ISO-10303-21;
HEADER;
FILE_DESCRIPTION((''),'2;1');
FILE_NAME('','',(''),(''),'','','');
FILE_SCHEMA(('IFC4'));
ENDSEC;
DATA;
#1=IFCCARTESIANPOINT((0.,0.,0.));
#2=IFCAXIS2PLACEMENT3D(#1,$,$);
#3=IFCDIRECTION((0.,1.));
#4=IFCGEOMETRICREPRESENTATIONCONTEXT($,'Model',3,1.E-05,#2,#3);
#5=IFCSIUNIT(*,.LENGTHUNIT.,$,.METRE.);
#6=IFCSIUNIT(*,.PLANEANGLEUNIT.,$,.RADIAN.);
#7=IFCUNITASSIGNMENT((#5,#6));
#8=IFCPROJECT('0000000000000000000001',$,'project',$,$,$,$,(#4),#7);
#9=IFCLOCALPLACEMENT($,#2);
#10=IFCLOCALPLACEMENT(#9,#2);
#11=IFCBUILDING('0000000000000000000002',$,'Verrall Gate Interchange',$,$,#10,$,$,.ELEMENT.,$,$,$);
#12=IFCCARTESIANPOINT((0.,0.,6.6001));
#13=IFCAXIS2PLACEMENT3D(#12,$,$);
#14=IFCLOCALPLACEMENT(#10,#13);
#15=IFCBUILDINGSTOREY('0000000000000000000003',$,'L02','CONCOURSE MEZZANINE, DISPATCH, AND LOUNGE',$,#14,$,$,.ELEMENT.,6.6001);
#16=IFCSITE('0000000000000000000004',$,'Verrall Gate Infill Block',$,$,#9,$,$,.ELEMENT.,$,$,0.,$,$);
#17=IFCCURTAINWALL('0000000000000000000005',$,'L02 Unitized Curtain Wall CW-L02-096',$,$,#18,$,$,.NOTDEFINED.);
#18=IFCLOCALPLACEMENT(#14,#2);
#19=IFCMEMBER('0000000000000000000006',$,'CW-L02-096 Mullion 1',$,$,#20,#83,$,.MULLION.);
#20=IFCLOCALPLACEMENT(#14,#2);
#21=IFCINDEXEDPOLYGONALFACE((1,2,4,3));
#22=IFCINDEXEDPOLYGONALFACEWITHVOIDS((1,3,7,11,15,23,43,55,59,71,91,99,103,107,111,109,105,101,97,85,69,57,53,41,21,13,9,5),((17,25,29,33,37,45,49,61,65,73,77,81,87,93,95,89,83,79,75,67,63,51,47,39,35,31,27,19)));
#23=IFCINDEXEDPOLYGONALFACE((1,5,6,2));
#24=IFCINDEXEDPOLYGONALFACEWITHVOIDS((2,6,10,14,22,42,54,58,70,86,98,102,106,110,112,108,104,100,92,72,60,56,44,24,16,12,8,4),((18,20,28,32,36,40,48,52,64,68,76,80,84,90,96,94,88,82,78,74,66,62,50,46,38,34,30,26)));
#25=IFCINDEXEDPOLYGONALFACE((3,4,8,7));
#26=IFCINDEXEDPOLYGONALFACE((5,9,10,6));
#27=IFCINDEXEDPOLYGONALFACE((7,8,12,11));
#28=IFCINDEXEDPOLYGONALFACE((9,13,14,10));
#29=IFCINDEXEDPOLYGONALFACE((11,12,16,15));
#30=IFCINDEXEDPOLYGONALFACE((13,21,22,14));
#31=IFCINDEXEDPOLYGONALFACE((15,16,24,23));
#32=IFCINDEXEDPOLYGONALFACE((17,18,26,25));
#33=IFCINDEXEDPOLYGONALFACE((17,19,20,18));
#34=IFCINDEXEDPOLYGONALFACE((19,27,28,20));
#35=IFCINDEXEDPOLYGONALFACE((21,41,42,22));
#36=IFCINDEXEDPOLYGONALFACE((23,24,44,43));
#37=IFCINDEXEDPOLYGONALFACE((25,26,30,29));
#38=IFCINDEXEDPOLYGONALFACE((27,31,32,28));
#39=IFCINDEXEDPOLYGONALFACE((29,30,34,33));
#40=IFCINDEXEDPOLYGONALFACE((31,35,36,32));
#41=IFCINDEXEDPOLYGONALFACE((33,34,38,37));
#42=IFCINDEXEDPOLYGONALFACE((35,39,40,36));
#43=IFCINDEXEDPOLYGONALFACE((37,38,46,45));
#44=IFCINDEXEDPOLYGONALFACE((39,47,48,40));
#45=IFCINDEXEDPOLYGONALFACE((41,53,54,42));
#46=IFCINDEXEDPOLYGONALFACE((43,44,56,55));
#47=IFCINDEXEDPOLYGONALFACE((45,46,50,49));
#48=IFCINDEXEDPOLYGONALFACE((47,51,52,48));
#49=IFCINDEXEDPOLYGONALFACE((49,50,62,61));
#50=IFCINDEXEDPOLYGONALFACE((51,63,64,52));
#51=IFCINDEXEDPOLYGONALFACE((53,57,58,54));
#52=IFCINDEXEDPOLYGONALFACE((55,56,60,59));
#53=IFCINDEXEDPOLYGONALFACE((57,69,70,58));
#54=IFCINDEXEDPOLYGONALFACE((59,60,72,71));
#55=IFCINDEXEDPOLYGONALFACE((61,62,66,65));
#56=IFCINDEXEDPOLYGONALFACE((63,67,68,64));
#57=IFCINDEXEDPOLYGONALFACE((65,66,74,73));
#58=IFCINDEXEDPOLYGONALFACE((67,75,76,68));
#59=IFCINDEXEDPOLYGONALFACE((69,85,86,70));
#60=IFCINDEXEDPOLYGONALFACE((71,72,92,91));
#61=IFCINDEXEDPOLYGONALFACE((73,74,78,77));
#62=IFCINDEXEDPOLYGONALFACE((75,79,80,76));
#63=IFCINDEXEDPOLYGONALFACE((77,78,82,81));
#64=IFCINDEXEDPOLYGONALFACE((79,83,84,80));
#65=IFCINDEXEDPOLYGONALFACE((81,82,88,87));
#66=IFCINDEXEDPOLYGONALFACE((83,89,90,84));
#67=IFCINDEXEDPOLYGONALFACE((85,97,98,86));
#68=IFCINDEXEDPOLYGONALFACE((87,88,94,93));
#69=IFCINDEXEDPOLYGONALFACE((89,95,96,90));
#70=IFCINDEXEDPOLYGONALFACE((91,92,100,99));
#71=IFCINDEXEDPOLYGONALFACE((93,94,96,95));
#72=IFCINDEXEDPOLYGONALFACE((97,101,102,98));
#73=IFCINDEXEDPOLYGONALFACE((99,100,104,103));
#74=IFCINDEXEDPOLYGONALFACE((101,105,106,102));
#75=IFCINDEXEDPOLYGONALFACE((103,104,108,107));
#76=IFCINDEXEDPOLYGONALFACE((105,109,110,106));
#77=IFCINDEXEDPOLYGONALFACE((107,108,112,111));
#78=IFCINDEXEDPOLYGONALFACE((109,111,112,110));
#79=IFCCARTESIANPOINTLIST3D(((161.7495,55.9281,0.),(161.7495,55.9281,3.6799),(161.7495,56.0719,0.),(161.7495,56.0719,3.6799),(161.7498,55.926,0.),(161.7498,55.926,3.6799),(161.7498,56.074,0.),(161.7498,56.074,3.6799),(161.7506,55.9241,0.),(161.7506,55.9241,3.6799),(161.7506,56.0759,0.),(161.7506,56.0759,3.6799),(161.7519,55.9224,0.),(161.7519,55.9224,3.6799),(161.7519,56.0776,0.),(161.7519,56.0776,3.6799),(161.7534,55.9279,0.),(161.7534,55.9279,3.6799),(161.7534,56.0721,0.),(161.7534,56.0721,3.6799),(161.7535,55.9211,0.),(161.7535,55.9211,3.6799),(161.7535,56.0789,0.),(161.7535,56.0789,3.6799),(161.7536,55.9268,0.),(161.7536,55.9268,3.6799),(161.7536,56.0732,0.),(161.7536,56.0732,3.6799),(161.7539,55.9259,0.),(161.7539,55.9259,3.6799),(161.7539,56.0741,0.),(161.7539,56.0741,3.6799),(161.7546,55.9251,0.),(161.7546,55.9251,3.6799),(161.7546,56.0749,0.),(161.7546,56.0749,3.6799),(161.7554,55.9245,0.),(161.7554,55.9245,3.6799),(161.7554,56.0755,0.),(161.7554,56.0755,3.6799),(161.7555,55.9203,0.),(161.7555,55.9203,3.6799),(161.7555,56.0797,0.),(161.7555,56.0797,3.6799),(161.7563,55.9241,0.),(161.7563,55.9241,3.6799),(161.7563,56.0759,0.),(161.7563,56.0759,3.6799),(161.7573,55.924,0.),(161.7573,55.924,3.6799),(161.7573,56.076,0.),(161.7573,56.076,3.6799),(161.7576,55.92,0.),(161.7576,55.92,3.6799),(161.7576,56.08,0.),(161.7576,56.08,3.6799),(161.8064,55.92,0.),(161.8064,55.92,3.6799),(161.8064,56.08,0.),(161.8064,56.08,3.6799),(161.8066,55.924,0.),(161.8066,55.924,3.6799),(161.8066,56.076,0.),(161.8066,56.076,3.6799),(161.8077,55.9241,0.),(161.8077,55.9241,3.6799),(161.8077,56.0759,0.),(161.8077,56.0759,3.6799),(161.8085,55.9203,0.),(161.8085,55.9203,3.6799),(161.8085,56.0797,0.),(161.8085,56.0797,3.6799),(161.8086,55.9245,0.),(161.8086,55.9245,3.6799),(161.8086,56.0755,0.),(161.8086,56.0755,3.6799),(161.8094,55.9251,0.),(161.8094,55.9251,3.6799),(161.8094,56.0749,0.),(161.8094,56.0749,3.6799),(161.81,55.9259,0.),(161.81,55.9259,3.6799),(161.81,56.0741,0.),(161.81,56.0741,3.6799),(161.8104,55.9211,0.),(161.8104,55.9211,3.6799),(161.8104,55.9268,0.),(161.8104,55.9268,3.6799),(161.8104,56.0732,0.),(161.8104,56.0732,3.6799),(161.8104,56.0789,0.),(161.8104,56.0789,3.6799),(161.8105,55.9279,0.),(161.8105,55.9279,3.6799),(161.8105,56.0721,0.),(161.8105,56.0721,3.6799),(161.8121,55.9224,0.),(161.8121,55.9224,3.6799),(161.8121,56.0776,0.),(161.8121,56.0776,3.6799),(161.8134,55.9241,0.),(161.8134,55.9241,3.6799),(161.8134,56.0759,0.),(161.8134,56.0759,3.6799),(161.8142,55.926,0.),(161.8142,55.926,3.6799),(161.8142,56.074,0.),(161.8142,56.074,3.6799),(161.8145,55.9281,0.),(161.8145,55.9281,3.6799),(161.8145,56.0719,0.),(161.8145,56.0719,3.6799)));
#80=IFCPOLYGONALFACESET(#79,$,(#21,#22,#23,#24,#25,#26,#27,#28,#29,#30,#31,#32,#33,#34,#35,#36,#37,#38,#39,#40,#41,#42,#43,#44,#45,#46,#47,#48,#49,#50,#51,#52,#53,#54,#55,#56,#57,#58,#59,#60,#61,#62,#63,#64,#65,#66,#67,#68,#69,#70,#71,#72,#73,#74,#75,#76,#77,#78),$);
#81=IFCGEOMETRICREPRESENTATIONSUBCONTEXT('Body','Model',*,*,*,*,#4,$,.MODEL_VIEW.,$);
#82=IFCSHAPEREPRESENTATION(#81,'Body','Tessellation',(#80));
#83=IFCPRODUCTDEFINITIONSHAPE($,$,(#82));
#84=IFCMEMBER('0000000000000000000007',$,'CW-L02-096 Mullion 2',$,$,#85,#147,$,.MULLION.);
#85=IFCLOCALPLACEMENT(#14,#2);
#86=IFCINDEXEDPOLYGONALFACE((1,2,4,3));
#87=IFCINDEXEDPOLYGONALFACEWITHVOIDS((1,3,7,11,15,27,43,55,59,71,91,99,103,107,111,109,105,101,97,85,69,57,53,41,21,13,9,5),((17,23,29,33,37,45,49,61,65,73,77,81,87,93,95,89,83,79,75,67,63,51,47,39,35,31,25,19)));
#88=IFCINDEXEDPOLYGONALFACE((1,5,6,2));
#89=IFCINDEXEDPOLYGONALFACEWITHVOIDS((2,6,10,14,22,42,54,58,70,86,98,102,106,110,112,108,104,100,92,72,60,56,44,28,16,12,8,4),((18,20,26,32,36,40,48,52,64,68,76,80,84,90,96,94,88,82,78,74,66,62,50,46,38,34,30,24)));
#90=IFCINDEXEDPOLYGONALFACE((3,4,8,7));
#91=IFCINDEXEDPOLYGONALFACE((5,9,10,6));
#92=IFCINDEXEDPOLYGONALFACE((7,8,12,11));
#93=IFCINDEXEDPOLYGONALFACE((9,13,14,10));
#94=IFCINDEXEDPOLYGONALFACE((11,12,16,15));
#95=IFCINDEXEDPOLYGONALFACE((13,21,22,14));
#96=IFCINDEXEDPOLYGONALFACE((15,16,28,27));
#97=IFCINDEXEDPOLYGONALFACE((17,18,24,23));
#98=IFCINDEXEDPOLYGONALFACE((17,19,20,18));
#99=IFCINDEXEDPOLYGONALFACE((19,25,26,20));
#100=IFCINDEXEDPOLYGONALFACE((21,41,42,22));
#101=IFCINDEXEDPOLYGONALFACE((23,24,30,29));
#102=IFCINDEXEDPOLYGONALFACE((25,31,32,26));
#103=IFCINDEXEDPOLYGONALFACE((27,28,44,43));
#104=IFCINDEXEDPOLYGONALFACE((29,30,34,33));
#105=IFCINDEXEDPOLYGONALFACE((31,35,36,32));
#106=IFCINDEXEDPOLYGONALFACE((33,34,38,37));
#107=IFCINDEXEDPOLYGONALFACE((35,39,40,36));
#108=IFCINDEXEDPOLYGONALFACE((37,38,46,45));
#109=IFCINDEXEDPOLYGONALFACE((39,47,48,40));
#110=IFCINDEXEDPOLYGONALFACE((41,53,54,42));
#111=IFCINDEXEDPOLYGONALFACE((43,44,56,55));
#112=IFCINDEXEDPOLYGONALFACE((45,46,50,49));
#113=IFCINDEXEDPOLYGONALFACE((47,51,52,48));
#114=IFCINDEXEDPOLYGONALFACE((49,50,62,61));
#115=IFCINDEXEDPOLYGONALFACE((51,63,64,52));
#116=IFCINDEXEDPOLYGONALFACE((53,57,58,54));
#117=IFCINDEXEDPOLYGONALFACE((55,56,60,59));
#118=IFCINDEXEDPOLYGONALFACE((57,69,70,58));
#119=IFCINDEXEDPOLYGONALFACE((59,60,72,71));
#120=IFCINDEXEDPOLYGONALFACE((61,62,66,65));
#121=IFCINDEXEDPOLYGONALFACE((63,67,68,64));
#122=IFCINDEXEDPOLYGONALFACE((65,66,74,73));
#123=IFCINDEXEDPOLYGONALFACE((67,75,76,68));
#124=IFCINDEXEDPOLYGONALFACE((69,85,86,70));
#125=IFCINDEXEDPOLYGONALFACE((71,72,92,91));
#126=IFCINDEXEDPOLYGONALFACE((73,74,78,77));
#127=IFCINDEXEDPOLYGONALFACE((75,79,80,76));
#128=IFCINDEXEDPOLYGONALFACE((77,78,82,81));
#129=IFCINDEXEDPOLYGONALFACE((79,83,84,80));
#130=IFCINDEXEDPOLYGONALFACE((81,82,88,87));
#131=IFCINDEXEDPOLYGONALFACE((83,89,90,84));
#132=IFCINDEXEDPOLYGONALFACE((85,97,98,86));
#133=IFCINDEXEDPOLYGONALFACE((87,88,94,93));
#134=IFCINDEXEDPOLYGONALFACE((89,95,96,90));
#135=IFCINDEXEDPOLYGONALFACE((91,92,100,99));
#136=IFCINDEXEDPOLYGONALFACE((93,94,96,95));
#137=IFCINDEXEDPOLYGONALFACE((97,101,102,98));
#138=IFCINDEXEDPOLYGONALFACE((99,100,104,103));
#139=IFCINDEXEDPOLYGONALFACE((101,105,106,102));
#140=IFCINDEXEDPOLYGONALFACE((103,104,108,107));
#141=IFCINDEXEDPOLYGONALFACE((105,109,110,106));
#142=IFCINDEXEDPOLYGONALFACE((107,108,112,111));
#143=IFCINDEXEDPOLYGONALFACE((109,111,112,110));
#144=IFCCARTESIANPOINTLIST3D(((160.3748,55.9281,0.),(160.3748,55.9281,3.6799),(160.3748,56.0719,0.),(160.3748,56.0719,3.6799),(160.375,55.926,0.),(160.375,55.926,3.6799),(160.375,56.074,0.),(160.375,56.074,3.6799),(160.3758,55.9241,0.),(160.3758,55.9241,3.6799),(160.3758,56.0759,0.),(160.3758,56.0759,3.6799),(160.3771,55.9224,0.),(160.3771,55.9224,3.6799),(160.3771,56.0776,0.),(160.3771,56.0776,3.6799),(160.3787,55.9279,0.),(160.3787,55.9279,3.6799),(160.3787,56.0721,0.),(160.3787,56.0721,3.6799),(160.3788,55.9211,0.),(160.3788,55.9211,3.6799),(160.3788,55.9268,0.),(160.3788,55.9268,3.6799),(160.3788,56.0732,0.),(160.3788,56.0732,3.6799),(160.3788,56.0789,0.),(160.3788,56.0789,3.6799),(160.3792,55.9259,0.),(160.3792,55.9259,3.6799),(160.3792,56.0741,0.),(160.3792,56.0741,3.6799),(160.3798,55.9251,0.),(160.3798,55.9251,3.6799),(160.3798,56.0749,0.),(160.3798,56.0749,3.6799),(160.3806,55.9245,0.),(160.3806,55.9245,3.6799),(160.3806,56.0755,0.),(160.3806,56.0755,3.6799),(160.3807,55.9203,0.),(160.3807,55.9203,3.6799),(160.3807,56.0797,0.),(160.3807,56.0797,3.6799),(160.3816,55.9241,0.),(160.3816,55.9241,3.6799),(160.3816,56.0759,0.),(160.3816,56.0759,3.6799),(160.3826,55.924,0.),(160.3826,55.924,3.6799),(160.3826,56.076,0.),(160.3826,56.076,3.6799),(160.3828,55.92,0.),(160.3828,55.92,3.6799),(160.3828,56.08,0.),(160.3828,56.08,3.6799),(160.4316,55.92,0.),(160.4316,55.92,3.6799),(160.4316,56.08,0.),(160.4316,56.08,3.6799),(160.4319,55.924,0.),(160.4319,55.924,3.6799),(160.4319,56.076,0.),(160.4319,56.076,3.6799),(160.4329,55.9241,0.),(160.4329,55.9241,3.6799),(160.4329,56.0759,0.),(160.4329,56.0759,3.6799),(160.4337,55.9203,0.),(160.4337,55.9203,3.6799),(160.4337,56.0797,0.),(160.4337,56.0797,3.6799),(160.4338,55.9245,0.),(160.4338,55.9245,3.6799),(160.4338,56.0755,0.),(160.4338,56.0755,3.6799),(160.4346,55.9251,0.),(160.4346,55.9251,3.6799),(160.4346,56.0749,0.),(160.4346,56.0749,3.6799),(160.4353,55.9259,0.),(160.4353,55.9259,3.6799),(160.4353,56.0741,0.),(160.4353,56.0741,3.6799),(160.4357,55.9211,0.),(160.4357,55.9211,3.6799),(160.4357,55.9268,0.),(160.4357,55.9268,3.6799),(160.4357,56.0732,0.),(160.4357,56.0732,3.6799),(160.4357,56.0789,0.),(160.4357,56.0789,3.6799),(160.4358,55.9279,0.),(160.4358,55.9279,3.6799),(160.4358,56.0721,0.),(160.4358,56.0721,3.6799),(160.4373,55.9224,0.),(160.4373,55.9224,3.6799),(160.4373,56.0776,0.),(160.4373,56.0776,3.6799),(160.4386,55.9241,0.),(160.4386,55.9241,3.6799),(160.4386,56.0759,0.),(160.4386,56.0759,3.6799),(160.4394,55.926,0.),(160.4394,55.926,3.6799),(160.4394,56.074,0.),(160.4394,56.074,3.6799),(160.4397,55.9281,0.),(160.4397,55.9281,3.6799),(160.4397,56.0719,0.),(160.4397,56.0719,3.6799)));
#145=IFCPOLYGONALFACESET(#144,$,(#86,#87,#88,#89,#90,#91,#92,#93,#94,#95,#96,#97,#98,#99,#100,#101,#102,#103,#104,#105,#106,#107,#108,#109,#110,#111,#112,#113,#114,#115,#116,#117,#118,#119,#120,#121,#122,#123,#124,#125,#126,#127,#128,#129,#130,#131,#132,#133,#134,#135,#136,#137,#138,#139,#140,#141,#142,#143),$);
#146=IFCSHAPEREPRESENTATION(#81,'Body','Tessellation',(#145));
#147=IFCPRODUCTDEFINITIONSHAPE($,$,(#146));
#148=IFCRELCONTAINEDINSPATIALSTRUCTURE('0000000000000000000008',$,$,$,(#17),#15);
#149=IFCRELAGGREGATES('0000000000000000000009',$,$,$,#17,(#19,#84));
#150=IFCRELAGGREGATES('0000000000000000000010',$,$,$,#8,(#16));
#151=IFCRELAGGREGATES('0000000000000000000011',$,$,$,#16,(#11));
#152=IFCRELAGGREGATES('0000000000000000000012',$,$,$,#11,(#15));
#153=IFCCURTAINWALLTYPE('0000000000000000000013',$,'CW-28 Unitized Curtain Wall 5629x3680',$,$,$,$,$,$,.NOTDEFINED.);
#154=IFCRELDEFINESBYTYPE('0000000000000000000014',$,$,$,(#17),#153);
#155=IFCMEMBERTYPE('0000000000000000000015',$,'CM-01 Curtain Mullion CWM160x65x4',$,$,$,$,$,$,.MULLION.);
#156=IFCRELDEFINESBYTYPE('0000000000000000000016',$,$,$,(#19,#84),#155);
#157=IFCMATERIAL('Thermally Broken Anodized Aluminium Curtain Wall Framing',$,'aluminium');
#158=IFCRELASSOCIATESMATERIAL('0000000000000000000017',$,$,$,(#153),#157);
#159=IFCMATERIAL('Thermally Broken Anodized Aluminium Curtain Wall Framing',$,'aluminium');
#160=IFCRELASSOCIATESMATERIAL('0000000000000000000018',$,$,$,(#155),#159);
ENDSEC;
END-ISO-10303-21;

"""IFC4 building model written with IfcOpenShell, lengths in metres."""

from ifc_helpers import new_model, si_unit, direction, frame, origin, origin_2d, place, context, subcontext, project, spatial, hollow_rectangle, extrude, material, material_profile, profile_set, type_object, element, aggregate, save


model = new_model("IFC4")

# Units and contexts
model_context = context("Model", 3, precision=1e-05, world=origin(), true_north=direction((0.0, 1.0)))
body_context = subcontext(model_context, "Body", "Model", "MODEL_VIEW")
ifc_project = project(units=[si_unit("LENGTHUNIT", "METRE"), si_unit("PLANEANGLEUNIT", "RADIAN")], contexts=[model_context])

# Site, building, storey
site_placement = place(None, origin())
site = spatial("IfcSite", under=ifc_project, at=site_placement, Name="Verrall Gate Infill Block", CompositionType="ELEMENT", RefElevation=0.0)
building_placement = place(site_placement, origin())
building = spatial("IfcBuilding", under=site, at=building_placement, Name="Verrall Gate Interchange", CompositionType="ELEMENT")
storey_placement = place(building_placement, frame((0.0, 0.0, 6.6001)))
storey = spatial("IfcBuildingStorey", under=building, at=storey_placement, Name="L02", Description="CONCOURSE MEZZANINE, DISPATCH, AND LOUNGE", CompositionType="ELEMENT", Elevation=6.6001)

# Curtain wall, members
ifc_material_1 = material(Name="Thermally Broken Anodized Aluminium Curtain Wall Framing", Category="aluminium")
curtain_wall_type_1 = type_object("IfcCurtainWallType", Name="CW-28 Unitized Curtain Wall 5629x3680", PredefinedType="NOTDEFINED", material=ifc_material_1)
curtain_wall_1_placement = place(storey_placement, origin())
curtain_wall_1 = element("IfcCurtainWall", 1, at=curtain_wall_1_placement, inside=storey, type_object=curtain_wall_type_1, Name="L02 Unitized Curtain Wall CW-L02-096", PredefinedType="NOTDEFINED")
ifc_material_2 = material(Name="Thermally Broken Anodized Aluminium Curtain Wall Framing", Category="aluminium")
ifc_material_profile_1 = material_profile(ifc_material_2, hollow_rectangle(XDim=0.0649, YDim=0.1599, WallThickness=0.0039, InnerFilletRadius=0.0039, OuterFilletRadius=0.0081, at=origin_2d()), Name="CWM160x65x4")
ifc_profile_set_1 = profile_set([ifc_material_profile_1], Name="Thermally Broken Anodized Aluminium Curtain Wall Framing")
member_type_1 = type_object("IfcMemberType", Name="CM-01 Curtain Mullion CWM160x65x4", PredefinedType="MULLION", material=ifc_profile_set_1)
member_1_placement = place(storey_placement, frame((161.782, 56.0, 0.0), z_axis=(0.0, 0.0, 1.0), x_axis=(-1.0, 0.0, 0.0)))
member_1 = element("IfcMember", 2, at=member_1_placement, type_object=member_type_1, Name="CW-L02-096 Mullion 1", PredefinedType="MULLION", context=body_context, shape_type="SweptSolid", body=[
    extrude(hollow_rectangle(XDim=0.0649, YDim=0.1599, WallThickness=0.0039, InnerFilletRadius=0.0039, OuterFilletRadius=0.0081, at=origin_2d()), origin(), (0.0, 0.0, 1.0), 3.6799),
])
member_2_placement = place(storey_placement, frame((160.4072, 56.0, 0.0), z_axis=(0.0, 0.0, 1.0), x_axis=(-1.0, 0.0, 0.0)))
member_2 = element("IfcMember", 3, at=member_2_placement, type_object=member_type_1, Name="CW-L02-096 Mullion 2", PredefinedType="MULLION", context=body_context, shape_type="SweptSolid", body=[
    extrude(hollow_rectangle(XDim=0.0649, YDim=0.1599, WallThickness=0.0039, InnerFilletRadius=0.0039, OuterFilletRadius=0.0081, at=origin_2d()), origin(), (0.0, 0.0, 1.0), 3.6799),
])

aggregate(curtain_wall_1, [member_1, member_2])

save(model, "model.ifc")
